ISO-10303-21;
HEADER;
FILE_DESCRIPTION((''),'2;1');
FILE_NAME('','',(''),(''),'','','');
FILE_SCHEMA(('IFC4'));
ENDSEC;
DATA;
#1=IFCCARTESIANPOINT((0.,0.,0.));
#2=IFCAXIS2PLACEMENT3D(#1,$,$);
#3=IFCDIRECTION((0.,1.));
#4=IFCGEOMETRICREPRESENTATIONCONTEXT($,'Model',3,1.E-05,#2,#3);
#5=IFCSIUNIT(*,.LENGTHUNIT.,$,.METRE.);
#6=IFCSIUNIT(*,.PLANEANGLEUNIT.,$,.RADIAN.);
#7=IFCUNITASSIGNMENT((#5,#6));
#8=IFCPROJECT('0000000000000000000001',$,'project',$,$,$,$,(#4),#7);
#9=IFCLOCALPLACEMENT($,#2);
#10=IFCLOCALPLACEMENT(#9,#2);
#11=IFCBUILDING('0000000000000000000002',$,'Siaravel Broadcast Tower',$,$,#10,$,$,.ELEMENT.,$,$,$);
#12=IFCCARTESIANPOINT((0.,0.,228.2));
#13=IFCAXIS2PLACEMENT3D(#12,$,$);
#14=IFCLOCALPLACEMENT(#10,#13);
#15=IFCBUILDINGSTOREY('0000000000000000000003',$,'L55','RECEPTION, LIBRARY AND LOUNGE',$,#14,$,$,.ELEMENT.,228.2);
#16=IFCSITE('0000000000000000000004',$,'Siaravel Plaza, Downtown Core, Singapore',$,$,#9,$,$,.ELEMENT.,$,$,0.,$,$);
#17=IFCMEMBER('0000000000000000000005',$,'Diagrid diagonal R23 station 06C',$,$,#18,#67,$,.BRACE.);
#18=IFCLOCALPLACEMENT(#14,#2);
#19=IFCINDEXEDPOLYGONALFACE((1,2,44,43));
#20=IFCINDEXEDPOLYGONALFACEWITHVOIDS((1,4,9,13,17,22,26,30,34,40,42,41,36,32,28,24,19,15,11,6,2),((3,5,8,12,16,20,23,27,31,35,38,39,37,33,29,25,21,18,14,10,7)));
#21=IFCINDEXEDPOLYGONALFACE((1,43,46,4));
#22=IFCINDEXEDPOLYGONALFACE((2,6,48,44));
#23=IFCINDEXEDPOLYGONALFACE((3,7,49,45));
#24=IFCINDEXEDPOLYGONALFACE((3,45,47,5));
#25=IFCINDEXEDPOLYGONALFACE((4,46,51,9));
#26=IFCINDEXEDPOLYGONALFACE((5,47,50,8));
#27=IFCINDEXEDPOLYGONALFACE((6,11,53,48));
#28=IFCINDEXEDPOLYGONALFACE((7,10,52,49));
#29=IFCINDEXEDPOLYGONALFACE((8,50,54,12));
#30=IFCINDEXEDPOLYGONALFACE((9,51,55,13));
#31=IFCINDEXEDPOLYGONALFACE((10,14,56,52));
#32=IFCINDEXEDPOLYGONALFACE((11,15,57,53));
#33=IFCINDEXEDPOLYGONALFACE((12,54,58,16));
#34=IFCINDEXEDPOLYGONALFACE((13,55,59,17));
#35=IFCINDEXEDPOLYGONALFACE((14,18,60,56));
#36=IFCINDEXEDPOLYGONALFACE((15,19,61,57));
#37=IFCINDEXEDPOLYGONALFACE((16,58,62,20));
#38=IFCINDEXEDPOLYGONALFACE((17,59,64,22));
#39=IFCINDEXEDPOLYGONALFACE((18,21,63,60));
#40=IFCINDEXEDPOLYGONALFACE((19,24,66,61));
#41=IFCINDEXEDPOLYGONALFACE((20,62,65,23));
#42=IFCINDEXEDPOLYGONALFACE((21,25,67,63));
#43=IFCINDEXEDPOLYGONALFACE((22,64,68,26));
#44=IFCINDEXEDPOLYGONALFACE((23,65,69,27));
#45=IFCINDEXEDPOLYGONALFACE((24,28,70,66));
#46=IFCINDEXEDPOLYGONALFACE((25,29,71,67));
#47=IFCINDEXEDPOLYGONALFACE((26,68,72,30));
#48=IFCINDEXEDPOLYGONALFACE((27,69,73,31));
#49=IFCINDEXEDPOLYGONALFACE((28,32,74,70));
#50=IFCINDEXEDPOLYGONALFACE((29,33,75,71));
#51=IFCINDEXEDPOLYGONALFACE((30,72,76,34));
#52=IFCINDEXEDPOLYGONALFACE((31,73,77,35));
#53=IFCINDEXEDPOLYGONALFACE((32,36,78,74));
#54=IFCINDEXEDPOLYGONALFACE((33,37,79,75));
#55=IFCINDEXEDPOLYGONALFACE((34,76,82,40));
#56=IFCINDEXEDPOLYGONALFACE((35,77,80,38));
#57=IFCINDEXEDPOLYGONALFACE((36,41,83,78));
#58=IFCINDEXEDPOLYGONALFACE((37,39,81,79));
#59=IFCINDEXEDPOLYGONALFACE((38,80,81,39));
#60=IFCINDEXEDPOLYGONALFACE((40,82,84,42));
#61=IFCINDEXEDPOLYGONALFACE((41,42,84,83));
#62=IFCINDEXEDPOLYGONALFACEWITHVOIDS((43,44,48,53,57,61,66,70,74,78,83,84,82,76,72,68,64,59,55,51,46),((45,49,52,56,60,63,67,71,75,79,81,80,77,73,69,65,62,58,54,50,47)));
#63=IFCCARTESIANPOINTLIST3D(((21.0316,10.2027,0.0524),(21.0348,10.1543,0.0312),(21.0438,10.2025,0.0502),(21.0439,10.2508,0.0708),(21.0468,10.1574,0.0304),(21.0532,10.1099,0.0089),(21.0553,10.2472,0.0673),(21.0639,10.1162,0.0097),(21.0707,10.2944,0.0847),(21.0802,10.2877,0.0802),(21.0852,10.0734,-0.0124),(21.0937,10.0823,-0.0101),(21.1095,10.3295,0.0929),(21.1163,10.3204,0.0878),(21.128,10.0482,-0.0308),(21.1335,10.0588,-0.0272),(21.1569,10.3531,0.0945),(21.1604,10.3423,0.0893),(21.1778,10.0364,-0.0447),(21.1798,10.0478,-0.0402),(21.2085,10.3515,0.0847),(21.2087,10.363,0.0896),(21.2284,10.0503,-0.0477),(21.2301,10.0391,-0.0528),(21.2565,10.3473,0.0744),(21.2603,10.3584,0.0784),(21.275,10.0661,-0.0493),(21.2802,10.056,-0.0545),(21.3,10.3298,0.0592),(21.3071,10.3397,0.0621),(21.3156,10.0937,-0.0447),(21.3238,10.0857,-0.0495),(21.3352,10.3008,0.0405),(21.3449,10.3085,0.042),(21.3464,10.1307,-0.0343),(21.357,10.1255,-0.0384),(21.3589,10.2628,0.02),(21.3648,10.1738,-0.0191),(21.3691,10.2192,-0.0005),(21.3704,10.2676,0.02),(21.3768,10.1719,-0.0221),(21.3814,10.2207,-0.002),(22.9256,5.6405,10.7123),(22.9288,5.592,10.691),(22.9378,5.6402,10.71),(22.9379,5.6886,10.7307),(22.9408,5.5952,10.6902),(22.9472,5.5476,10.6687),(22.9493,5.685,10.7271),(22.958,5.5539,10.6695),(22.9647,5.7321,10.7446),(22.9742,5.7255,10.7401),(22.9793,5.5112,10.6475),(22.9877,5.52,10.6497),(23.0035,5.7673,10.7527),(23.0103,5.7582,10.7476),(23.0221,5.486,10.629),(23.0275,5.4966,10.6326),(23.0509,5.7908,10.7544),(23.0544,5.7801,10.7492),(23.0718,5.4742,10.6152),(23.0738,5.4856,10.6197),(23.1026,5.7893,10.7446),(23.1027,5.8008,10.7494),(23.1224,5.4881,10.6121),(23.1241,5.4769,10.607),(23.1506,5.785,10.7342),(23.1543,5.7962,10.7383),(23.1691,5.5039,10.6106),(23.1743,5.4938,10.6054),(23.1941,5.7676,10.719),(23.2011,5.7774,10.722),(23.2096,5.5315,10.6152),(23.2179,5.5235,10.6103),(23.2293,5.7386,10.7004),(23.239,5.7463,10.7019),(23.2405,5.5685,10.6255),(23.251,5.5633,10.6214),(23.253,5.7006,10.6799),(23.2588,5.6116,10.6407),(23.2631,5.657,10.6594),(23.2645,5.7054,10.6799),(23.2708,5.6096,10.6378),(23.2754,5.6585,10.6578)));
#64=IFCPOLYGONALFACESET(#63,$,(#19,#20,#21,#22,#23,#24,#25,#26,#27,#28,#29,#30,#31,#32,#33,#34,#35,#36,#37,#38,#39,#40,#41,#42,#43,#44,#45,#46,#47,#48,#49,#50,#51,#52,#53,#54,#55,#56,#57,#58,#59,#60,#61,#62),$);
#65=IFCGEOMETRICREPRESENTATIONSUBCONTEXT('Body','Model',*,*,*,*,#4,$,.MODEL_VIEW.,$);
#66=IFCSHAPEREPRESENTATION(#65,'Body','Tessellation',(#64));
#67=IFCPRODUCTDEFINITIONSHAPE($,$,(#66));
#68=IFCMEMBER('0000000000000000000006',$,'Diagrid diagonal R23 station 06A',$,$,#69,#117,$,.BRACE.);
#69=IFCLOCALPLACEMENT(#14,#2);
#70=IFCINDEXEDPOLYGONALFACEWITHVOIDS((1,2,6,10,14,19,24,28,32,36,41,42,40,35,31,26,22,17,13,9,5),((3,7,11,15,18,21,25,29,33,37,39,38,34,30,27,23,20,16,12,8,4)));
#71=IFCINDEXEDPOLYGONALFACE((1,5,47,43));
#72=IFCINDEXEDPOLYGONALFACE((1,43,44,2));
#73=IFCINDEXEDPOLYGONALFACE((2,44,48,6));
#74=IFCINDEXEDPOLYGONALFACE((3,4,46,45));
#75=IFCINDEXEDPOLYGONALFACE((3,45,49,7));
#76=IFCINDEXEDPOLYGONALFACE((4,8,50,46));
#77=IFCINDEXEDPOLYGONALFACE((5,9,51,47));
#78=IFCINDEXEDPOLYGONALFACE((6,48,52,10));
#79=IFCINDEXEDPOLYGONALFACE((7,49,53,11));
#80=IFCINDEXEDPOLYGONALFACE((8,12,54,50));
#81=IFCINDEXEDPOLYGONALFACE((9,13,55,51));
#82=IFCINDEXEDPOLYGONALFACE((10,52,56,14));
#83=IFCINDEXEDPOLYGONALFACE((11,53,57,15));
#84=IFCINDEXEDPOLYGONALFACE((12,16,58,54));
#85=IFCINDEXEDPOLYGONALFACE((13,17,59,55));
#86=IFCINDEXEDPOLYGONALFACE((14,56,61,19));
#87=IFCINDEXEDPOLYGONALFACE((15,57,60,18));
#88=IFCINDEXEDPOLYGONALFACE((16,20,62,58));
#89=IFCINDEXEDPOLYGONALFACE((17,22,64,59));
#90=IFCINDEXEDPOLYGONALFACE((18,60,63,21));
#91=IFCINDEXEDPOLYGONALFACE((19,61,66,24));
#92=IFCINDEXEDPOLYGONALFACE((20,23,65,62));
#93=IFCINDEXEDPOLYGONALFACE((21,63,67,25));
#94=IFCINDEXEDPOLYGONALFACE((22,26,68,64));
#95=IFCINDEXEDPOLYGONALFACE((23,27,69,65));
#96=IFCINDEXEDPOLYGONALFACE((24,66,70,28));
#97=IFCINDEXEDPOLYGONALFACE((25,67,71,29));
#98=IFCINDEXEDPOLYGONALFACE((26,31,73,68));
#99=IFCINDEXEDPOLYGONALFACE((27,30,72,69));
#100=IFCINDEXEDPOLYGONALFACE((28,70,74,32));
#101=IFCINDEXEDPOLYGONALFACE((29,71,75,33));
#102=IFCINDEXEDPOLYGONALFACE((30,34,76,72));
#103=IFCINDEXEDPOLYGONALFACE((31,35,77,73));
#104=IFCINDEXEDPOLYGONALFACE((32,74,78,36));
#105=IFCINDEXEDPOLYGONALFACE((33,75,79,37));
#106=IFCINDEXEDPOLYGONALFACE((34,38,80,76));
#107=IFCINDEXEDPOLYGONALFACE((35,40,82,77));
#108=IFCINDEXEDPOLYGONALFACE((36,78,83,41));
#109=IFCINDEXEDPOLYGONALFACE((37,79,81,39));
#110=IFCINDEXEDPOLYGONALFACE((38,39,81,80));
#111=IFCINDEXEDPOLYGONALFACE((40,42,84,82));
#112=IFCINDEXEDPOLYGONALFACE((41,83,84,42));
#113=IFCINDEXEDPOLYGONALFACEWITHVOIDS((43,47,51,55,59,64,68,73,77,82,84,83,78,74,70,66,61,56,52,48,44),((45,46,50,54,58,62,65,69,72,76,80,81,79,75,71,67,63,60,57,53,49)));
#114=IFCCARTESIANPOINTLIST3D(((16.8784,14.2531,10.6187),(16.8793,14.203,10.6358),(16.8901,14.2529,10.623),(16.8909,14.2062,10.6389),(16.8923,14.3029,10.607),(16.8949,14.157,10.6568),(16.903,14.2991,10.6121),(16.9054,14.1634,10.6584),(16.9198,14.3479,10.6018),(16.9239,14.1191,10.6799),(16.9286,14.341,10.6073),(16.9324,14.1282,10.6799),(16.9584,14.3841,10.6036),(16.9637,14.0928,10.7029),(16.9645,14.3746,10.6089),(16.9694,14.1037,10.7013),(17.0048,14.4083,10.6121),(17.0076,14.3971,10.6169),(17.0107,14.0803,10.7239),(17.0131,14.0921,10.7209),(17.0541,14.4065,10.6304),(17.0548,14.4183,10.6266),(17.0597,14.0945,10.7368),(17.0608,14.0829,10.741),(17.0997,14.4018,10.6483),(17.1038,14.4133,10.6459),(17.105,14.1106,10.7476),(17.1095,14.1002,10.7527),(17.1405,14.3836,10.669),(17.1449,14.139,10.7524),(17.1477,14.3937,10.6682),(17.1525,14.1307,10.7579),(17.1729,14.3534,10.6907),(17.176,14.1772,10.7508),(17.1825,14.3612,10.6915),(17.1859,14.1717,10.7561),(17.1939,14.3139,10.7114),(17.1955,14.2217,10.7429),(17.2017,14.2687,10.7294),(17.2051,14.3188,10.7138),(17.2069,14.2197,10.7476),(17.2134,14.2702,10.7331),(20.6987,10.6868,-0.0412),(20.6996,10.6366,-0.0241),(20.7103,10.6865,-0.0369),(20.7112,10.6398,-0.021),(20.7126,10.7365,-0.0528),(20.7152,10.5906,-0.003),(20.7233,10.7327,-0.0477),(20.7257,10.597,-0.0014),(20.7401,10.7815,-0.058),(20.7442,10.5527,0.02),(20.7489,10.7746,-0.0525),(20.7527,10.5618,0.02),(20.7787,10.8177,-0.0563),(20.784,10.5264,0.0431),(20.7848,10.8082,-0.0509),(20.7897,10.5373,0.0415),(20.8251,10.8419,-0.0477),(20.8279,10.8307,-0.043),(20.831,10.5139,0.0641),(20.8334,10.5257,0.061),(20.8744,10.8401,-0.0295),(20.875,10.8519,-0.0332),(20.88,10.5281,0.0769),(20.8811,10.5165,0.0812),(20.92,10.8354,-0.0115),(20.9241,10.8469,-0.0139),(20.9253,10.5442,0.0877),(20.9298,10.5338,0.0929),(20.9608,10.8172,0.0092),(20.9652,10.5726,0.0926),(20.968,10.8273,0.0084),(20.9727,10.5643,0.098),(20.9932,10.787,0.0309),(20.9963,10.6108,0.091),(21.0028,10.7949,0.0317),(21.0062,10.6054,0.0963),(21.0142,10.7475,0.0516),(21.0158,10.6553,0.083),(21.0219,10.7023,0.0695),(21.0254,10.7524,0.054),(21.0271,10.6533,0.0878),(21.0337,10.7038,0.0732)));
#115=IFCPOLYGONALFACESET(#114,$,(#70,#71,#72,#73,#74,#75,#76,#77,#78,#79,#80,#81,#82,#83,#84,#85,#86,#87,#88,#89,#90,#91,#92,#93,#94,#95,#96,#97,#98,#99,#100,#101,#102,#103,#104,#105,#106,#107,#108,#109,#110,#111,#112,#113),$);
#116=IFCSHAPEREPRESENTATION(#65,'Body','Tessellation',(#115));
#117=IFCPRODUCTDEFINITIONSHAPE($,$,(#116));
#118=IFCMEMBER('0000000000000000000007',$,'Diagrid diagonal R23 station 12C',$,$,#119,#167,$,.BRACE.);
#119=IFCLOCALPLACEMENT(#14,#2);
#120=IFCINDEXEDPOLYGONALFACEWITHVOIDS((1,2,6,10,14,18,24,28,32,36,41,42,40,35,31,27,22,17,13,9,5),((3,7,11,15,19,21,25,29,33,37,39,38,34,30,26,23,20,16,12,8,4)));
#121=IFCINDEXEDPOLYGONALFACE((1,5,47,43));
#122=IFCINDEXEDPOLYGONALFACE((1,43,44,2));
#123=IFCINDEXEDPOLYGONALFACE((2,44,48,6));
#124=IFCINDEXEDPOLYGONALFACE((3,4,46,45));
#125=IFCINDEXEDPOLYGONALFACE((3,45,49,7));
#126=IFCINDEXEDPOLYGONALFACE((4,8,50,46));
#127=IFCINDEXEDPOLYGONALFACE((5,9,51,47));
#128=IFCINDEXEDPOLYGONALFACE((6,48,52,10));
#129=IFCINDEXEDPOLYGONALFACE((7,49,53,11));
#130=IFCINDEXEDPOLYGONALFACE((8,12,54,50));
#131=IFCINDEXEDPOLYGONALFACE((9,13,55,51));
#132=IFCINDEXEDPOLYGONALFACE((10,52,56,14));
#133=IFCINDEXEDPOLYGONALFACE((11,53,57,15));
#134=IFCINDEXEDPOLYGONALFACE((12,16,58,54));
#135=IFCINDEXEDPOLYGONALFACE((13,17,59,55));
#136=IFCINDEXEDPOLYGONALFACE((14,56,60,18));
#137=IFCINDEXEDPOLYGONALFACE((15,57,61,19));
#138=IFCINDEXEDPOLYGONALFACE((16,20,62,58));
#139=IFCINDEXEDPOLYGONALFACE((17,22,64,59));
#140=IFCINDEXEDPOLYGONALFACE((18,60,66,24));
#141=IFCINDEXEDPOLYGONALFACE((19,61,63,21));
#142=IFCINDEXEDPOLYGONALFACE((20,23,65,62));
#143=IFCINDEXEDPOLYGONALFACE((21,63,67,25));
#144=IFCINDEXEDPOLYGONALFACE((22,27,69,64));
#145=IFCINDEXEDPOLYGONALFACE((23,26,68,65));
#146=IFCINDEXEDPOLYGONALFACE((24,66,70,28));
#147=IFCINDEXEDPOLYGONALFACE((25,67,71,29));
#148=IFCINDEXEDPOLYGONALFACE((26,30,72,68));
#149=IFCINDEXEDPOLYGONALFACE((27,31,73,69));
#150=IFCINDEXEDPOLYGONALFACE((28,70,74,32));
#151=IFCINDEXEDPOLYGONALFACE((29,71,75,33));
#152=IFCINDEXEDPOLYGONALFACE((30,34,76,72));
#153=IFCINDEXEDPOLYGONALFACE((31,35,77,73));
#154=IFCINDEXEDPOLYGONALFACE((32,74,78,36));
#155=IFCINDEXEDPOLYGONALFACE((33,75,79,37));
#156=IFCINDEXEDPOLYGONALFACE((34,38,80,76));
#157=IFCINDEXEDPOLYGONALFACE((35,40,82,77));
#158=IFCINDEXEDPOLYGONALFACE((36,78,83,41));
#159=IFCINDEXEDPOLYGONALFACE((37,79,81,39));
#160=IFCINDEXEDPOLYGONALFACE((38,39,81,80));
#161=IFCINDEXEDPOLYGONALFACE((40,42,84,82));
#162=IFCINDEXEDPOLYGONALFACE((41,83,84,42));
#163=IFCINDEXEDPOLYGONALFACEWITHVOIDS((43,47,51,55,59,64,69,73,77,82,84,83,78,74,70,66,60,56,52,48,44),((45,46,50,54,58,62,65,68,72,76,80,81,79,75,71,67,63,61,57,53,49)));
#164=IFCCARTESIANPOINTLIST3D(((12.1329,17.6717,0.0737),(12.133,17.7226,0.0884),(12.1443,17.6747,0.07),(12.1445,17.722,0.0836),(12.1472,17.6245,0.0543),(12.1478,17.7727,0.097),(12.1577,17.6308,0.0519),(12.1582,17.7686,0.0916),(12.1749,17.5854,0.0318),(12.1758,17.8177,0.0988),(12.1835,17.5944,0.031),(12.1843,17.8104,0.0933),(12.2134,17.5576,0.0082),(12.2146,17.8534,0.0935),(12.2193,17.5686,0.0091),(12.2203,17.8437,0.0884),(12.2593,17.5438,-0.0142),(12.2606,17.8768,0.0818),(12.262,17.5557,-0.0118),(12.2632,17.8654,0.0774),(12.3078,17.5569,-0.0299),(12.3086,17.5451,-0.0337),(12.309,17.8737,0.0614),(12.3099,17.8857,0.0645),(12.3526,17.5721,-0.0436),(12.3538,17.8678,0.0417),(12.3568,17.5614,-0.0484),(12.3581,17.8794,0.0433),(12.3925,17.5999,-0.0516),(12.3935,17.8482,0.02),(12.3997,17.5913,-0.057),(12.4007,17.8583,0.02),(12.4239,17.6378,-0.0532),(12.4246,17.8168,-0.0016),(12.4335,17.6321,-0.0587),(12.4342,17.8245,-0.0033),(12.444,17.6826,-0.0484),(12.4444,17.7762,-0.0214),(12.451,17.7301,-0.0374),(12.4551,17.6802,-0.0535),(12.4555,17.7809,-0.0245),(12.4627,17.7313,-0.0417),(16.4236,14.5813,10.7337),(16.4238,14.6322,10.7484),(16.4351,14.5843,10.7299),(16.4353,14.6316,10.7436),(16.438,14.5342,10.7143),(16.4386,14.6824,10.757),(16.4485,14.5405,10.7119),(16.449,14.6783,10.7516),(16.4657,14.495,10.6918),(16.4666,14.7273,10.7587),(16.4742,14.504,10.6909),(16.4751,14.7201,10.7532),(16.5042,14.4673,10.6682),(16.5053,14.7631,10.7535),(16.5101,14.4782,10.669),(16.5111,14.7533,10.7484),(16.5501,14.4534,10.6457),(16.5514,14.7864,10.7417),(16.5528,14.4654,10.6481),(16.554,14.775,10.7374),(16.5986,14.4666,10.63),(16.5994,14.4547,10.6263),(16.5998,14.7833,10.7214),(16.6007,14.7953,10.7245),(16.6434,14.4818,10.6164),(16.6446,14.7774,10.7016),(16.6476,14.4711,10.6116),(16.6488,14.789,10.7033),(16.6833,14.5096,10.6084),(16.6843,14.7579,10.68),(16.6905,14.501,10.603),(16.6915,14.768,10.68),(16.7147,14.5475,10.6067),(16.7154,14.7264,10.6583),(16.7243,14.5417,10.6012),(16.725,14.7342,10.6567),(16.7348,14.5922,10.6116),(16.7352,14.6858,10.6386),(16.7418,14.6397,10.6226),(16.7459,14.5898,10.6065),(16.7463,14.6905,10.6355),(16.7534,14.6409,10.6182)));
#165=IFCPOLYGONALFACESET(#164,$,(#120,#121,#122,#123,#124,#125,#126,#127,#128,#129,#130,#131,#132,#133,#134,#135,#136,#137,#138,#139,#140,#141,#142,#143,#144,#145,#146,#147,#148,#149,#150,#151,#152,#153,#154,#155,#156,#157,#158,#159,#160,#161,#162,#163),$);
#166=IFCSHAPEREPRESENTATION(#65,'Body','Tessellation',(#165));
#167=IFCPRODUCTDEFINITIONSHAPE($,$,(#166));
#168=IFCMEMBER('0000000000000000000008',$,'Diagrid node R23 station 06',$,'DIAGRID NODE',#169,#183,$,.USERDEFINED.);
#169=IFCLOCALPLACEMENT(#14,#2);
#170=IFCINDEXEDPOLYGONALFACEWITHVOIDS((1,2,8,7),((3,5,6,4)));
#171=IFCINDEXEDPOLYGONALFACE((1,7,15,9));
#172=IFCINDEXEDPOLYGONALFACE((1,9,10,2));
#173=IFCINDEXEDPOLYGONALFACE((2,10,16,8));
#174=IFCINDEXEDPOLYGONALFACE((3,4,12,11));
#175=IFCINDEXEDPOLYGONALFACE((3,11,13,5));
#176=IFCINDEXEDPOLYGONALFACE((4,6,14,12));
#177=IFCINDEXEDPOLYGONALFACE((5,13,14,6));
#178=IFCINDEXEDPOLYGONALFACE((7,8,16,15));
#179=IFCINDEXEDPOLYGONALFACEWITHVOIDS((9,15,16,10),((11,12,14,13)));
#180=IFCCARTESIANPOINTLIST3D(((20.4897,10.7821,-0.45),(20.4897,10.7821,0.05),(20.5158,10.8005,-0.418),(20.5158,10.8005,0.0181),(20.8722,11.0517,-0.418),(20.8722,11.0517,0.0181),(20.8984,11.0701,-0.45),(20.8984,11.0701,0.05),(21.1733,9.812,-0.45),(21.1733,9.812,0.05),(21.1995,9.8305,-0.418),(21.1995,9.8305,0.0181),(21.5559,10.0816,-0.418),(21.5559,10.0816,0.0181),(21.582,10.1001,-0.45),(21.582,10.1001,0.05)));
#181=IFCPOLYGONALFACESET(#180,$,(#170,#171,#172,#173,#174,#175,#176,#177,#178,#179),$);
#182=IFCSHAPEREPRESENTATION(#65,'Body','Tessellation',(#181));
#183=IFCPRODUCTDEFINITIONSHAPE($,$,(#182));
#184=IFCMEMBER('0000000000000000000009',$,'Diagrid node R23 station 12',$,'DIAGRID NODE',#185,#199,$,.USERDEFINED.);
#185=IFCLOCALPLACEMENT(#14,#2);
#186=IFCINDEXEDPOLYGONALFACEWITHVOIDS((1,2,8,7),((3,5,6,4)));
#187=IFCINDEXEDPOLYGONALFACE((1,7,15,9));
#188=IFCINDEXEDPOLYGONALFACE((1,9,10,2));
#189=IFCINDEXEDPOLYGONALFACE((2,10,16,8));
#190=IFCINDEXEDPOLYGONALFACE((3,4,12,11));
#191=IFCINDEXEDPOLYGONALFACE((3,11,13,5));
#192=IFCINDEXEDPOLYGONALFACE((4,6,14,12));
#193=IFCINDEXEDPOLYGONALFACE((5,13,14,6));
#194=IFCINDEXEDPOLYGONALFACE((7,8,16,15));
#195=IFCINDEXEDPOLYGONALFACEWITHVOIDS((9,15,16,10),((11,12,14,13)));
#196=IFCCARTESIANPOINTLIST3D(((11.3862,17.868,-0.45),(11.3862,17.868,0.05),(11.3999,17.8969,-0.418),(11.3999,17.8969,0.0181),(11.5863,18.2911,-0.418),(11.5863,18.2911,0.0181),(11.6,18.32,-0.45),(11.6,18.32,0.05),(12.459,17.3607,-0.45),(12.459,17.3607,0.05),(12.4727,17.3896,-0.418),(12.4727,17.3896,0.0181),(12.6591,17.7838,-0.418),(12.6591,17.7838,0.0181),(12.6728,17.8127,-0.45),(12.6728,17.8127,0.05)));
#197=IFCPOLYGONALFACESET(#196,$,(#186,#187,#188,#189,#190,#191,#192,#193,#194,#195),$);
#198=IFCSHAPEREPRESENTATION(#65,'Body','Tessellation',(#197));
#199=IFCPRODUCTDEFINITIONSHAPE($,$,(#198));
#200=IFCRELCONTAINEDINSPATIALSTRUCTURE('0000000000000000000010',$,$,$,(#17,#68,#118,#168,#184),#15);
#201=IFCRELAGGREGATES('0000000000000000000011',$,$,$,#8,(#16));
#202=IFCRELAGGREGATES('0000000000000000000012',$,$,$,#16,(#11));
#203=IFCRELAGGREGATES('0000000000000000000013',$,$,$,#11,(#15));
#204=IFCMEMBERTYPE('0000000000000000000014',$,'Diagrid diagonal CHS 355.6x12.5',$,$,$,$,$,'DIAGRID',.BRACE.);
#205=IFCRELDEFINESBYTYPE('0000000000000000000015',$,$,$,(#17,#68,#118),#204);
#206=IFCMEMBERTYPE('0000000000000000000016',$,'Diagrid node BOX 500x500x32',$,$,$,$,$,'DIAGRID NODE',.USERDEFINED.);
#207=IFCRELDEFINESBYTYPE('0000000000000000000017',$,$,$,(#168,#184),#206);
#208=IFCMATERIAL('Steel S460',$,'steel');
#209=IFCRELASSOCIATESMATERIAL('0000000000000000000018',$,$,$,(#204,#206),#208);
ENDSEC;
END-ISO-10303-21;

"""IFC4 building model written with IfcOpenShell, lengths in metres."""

from ifc_helpers import new_model, si_unit, direction, frame, origin, origin_2d, place, context, subcontext, project, spatial, hollow_rectangle, hollow_circle, extrude, material, material_profile, profile_set, type_object, element, save


model = new_model("IFC4")

# Units and contexts
model_context = context("Model", 3, precision=1e-05, world=origin(), true_north=direction((0.0, 1.0)))
body_context = subcontext(model_context, "Body", "Model", "MODEL_VIEW")
ifc_project = project(units=[si_unit("LENGTHUNIT", "METRE"), si_unit("PLANEANGLEUNIT", "RADIAN")], contexts=[model_context])

# Site, building, storey
site_placement = place(None, origin())
site = spatial("IfcSite", under=ifc_project, at=site_placement, Name="Siaravel Plaza, Downtown Core, Singapore", CompositionType="ELEMENT", RefElevation=0.0)
building_placement = place(site_placement, origin())
building = spatial("IfcBuilding", under=site, at=building_placement, Name="Siaravel Broadcast Tower", CompositionType="ELEMENT")
storey_placement = place(building_placement, frame((0.0, 0.0, 228.2)))
storey = spatial("IfcBuildingStorey", under=building, at=storey_placement, Name="L55", Description="RECEPTION, LIBRARY AND LOUNGE", CompositionType="ELEMENT", Elevation=228.2)

# Members
ifc_material_1 = material(Name="Steel S460", Category="steel")
ifc_material_profile_1 = material_profile(ifc_material_1, hollow_circle(Radius=0.1777, WallThickness=0.0125, at=origin_2d()))
ifc_profile_set_1 = profile_set([ifc_material_profile_1], Name="Steel S460")
member_type_1 = type_object("IfcMemberType", Name="Diagrid diagonal CHS 355.6x12.5", ElementType="DIAGRID", PredefinedType="BRACE", material=ifc_profile_set_1)
member_1_placement = place(storey_placement, frame((21.2063, 10.1995, 0.02), z_axis=(0.161211, -0.388315, 0.907316), x_axis=(0.923572, 0.383425, 0.0)))
element("IfcMember", 1, at=member_1_placement, inside=storey, type_object=member_type_1, Name="Diagrid diagonal R23 station 06C", PredefinedType="BRACE", context=body_context, shape_type="SweptSolid", body=[
    extrude(hollow_circle(Radius=0.1777, WallThickness=0.0125, at=origin_2d()), origin(), (0.0, 0.0, 1.0), 11.7488),
])
member_2_placement = place(storey_placement, frame((20.8655, 10.6826, 0.02), z_axis=(-0.321788, 0.300401, 0.897893), x_axis=(-0.682398, -0.730981, 0.0)))
element("IfcMember", 2, at=member_2_placement, inside=storey, type_object=member_type_1, Name="Diagrid diagonal R23 station 06A", PredefinedType="BRACE", context=body_context, shape_type="SweptSolid", body=[
    extrude(hollow_circle(Radius=0.1777, WallThickness=0.0125, at=origin_2d()), origin(), (0.0, 0.0, 1.0), 11.8721),
])
member_3_placement = place(storey_placement, frame((12.2969, 17.7141, 0.02), z_axis=(0.360589, -0.259706, 0.89584), x_axis=(0.584426, 0.811447, 0.0)))
element("IfcMember", 3, at=member_3_placement, inside=storey, type_object=member_type_1, Name="Diagrid diagonal R23 station 12C", PredefinedType="BRACE", context=body_context, shape_type="SweptSolid", body=[
    extrude(hollow_circle(Radius=0.1777, WallThickness=0.0125, at=origin_2d()), origin(), (0.0, 0.0, 1.0), 11.8994),
])
ifc_material_profile_2 = material_profile(ifc_material_1, hollow_rectangle(XDim=0.5, YDim=0.5, WallThickness=0.032, at=origin_2d()))
ifc_profile_set_2 = profile_set([ifc_material_profile_2], Name="Steel S460")
member_type_2 = type_object("IfcMemberType", Name="Diagrid node BOX 500x500x32", ElementType="DIAGRID NODE", PredefinedType="USERDEFINED", material=ifc_profile_set_2)
for number, where, z_axis, x_axis, name in (
    (4, (21.3777, 9.9561, -0.2), (-0.576069, 0.817401, 0.0), (-0.817401, -0.576069, 0.0), "Diagrid node R23 station 06"),
    (5, (12.5659, 17.5867, -0.2), (-0.904006, 0.42752, 0.0), (-0.42752, -0.904006, 0.0), "Diagrid node R23 station 12"),
):
    element("IfcMember", number, at=place(storey_placement, frame(where, z_axis=z_axis, x_axis=x_axis)), inside=storey, type_object=member_type_2, Name=name, ObjectType="DIAGRID NODE", PredefinedType="USERDEFINED", context=body_context, shape_type="SweptSolid", body=[
        extrude(hollow_rectangle(XDim=0.5, YDim=0.5, WallThickness=0.032, at=origin_2d()), origin(), (0.0, 0.0, 1.0), 1.1868),
    ])

save(model, "model.ifc")
